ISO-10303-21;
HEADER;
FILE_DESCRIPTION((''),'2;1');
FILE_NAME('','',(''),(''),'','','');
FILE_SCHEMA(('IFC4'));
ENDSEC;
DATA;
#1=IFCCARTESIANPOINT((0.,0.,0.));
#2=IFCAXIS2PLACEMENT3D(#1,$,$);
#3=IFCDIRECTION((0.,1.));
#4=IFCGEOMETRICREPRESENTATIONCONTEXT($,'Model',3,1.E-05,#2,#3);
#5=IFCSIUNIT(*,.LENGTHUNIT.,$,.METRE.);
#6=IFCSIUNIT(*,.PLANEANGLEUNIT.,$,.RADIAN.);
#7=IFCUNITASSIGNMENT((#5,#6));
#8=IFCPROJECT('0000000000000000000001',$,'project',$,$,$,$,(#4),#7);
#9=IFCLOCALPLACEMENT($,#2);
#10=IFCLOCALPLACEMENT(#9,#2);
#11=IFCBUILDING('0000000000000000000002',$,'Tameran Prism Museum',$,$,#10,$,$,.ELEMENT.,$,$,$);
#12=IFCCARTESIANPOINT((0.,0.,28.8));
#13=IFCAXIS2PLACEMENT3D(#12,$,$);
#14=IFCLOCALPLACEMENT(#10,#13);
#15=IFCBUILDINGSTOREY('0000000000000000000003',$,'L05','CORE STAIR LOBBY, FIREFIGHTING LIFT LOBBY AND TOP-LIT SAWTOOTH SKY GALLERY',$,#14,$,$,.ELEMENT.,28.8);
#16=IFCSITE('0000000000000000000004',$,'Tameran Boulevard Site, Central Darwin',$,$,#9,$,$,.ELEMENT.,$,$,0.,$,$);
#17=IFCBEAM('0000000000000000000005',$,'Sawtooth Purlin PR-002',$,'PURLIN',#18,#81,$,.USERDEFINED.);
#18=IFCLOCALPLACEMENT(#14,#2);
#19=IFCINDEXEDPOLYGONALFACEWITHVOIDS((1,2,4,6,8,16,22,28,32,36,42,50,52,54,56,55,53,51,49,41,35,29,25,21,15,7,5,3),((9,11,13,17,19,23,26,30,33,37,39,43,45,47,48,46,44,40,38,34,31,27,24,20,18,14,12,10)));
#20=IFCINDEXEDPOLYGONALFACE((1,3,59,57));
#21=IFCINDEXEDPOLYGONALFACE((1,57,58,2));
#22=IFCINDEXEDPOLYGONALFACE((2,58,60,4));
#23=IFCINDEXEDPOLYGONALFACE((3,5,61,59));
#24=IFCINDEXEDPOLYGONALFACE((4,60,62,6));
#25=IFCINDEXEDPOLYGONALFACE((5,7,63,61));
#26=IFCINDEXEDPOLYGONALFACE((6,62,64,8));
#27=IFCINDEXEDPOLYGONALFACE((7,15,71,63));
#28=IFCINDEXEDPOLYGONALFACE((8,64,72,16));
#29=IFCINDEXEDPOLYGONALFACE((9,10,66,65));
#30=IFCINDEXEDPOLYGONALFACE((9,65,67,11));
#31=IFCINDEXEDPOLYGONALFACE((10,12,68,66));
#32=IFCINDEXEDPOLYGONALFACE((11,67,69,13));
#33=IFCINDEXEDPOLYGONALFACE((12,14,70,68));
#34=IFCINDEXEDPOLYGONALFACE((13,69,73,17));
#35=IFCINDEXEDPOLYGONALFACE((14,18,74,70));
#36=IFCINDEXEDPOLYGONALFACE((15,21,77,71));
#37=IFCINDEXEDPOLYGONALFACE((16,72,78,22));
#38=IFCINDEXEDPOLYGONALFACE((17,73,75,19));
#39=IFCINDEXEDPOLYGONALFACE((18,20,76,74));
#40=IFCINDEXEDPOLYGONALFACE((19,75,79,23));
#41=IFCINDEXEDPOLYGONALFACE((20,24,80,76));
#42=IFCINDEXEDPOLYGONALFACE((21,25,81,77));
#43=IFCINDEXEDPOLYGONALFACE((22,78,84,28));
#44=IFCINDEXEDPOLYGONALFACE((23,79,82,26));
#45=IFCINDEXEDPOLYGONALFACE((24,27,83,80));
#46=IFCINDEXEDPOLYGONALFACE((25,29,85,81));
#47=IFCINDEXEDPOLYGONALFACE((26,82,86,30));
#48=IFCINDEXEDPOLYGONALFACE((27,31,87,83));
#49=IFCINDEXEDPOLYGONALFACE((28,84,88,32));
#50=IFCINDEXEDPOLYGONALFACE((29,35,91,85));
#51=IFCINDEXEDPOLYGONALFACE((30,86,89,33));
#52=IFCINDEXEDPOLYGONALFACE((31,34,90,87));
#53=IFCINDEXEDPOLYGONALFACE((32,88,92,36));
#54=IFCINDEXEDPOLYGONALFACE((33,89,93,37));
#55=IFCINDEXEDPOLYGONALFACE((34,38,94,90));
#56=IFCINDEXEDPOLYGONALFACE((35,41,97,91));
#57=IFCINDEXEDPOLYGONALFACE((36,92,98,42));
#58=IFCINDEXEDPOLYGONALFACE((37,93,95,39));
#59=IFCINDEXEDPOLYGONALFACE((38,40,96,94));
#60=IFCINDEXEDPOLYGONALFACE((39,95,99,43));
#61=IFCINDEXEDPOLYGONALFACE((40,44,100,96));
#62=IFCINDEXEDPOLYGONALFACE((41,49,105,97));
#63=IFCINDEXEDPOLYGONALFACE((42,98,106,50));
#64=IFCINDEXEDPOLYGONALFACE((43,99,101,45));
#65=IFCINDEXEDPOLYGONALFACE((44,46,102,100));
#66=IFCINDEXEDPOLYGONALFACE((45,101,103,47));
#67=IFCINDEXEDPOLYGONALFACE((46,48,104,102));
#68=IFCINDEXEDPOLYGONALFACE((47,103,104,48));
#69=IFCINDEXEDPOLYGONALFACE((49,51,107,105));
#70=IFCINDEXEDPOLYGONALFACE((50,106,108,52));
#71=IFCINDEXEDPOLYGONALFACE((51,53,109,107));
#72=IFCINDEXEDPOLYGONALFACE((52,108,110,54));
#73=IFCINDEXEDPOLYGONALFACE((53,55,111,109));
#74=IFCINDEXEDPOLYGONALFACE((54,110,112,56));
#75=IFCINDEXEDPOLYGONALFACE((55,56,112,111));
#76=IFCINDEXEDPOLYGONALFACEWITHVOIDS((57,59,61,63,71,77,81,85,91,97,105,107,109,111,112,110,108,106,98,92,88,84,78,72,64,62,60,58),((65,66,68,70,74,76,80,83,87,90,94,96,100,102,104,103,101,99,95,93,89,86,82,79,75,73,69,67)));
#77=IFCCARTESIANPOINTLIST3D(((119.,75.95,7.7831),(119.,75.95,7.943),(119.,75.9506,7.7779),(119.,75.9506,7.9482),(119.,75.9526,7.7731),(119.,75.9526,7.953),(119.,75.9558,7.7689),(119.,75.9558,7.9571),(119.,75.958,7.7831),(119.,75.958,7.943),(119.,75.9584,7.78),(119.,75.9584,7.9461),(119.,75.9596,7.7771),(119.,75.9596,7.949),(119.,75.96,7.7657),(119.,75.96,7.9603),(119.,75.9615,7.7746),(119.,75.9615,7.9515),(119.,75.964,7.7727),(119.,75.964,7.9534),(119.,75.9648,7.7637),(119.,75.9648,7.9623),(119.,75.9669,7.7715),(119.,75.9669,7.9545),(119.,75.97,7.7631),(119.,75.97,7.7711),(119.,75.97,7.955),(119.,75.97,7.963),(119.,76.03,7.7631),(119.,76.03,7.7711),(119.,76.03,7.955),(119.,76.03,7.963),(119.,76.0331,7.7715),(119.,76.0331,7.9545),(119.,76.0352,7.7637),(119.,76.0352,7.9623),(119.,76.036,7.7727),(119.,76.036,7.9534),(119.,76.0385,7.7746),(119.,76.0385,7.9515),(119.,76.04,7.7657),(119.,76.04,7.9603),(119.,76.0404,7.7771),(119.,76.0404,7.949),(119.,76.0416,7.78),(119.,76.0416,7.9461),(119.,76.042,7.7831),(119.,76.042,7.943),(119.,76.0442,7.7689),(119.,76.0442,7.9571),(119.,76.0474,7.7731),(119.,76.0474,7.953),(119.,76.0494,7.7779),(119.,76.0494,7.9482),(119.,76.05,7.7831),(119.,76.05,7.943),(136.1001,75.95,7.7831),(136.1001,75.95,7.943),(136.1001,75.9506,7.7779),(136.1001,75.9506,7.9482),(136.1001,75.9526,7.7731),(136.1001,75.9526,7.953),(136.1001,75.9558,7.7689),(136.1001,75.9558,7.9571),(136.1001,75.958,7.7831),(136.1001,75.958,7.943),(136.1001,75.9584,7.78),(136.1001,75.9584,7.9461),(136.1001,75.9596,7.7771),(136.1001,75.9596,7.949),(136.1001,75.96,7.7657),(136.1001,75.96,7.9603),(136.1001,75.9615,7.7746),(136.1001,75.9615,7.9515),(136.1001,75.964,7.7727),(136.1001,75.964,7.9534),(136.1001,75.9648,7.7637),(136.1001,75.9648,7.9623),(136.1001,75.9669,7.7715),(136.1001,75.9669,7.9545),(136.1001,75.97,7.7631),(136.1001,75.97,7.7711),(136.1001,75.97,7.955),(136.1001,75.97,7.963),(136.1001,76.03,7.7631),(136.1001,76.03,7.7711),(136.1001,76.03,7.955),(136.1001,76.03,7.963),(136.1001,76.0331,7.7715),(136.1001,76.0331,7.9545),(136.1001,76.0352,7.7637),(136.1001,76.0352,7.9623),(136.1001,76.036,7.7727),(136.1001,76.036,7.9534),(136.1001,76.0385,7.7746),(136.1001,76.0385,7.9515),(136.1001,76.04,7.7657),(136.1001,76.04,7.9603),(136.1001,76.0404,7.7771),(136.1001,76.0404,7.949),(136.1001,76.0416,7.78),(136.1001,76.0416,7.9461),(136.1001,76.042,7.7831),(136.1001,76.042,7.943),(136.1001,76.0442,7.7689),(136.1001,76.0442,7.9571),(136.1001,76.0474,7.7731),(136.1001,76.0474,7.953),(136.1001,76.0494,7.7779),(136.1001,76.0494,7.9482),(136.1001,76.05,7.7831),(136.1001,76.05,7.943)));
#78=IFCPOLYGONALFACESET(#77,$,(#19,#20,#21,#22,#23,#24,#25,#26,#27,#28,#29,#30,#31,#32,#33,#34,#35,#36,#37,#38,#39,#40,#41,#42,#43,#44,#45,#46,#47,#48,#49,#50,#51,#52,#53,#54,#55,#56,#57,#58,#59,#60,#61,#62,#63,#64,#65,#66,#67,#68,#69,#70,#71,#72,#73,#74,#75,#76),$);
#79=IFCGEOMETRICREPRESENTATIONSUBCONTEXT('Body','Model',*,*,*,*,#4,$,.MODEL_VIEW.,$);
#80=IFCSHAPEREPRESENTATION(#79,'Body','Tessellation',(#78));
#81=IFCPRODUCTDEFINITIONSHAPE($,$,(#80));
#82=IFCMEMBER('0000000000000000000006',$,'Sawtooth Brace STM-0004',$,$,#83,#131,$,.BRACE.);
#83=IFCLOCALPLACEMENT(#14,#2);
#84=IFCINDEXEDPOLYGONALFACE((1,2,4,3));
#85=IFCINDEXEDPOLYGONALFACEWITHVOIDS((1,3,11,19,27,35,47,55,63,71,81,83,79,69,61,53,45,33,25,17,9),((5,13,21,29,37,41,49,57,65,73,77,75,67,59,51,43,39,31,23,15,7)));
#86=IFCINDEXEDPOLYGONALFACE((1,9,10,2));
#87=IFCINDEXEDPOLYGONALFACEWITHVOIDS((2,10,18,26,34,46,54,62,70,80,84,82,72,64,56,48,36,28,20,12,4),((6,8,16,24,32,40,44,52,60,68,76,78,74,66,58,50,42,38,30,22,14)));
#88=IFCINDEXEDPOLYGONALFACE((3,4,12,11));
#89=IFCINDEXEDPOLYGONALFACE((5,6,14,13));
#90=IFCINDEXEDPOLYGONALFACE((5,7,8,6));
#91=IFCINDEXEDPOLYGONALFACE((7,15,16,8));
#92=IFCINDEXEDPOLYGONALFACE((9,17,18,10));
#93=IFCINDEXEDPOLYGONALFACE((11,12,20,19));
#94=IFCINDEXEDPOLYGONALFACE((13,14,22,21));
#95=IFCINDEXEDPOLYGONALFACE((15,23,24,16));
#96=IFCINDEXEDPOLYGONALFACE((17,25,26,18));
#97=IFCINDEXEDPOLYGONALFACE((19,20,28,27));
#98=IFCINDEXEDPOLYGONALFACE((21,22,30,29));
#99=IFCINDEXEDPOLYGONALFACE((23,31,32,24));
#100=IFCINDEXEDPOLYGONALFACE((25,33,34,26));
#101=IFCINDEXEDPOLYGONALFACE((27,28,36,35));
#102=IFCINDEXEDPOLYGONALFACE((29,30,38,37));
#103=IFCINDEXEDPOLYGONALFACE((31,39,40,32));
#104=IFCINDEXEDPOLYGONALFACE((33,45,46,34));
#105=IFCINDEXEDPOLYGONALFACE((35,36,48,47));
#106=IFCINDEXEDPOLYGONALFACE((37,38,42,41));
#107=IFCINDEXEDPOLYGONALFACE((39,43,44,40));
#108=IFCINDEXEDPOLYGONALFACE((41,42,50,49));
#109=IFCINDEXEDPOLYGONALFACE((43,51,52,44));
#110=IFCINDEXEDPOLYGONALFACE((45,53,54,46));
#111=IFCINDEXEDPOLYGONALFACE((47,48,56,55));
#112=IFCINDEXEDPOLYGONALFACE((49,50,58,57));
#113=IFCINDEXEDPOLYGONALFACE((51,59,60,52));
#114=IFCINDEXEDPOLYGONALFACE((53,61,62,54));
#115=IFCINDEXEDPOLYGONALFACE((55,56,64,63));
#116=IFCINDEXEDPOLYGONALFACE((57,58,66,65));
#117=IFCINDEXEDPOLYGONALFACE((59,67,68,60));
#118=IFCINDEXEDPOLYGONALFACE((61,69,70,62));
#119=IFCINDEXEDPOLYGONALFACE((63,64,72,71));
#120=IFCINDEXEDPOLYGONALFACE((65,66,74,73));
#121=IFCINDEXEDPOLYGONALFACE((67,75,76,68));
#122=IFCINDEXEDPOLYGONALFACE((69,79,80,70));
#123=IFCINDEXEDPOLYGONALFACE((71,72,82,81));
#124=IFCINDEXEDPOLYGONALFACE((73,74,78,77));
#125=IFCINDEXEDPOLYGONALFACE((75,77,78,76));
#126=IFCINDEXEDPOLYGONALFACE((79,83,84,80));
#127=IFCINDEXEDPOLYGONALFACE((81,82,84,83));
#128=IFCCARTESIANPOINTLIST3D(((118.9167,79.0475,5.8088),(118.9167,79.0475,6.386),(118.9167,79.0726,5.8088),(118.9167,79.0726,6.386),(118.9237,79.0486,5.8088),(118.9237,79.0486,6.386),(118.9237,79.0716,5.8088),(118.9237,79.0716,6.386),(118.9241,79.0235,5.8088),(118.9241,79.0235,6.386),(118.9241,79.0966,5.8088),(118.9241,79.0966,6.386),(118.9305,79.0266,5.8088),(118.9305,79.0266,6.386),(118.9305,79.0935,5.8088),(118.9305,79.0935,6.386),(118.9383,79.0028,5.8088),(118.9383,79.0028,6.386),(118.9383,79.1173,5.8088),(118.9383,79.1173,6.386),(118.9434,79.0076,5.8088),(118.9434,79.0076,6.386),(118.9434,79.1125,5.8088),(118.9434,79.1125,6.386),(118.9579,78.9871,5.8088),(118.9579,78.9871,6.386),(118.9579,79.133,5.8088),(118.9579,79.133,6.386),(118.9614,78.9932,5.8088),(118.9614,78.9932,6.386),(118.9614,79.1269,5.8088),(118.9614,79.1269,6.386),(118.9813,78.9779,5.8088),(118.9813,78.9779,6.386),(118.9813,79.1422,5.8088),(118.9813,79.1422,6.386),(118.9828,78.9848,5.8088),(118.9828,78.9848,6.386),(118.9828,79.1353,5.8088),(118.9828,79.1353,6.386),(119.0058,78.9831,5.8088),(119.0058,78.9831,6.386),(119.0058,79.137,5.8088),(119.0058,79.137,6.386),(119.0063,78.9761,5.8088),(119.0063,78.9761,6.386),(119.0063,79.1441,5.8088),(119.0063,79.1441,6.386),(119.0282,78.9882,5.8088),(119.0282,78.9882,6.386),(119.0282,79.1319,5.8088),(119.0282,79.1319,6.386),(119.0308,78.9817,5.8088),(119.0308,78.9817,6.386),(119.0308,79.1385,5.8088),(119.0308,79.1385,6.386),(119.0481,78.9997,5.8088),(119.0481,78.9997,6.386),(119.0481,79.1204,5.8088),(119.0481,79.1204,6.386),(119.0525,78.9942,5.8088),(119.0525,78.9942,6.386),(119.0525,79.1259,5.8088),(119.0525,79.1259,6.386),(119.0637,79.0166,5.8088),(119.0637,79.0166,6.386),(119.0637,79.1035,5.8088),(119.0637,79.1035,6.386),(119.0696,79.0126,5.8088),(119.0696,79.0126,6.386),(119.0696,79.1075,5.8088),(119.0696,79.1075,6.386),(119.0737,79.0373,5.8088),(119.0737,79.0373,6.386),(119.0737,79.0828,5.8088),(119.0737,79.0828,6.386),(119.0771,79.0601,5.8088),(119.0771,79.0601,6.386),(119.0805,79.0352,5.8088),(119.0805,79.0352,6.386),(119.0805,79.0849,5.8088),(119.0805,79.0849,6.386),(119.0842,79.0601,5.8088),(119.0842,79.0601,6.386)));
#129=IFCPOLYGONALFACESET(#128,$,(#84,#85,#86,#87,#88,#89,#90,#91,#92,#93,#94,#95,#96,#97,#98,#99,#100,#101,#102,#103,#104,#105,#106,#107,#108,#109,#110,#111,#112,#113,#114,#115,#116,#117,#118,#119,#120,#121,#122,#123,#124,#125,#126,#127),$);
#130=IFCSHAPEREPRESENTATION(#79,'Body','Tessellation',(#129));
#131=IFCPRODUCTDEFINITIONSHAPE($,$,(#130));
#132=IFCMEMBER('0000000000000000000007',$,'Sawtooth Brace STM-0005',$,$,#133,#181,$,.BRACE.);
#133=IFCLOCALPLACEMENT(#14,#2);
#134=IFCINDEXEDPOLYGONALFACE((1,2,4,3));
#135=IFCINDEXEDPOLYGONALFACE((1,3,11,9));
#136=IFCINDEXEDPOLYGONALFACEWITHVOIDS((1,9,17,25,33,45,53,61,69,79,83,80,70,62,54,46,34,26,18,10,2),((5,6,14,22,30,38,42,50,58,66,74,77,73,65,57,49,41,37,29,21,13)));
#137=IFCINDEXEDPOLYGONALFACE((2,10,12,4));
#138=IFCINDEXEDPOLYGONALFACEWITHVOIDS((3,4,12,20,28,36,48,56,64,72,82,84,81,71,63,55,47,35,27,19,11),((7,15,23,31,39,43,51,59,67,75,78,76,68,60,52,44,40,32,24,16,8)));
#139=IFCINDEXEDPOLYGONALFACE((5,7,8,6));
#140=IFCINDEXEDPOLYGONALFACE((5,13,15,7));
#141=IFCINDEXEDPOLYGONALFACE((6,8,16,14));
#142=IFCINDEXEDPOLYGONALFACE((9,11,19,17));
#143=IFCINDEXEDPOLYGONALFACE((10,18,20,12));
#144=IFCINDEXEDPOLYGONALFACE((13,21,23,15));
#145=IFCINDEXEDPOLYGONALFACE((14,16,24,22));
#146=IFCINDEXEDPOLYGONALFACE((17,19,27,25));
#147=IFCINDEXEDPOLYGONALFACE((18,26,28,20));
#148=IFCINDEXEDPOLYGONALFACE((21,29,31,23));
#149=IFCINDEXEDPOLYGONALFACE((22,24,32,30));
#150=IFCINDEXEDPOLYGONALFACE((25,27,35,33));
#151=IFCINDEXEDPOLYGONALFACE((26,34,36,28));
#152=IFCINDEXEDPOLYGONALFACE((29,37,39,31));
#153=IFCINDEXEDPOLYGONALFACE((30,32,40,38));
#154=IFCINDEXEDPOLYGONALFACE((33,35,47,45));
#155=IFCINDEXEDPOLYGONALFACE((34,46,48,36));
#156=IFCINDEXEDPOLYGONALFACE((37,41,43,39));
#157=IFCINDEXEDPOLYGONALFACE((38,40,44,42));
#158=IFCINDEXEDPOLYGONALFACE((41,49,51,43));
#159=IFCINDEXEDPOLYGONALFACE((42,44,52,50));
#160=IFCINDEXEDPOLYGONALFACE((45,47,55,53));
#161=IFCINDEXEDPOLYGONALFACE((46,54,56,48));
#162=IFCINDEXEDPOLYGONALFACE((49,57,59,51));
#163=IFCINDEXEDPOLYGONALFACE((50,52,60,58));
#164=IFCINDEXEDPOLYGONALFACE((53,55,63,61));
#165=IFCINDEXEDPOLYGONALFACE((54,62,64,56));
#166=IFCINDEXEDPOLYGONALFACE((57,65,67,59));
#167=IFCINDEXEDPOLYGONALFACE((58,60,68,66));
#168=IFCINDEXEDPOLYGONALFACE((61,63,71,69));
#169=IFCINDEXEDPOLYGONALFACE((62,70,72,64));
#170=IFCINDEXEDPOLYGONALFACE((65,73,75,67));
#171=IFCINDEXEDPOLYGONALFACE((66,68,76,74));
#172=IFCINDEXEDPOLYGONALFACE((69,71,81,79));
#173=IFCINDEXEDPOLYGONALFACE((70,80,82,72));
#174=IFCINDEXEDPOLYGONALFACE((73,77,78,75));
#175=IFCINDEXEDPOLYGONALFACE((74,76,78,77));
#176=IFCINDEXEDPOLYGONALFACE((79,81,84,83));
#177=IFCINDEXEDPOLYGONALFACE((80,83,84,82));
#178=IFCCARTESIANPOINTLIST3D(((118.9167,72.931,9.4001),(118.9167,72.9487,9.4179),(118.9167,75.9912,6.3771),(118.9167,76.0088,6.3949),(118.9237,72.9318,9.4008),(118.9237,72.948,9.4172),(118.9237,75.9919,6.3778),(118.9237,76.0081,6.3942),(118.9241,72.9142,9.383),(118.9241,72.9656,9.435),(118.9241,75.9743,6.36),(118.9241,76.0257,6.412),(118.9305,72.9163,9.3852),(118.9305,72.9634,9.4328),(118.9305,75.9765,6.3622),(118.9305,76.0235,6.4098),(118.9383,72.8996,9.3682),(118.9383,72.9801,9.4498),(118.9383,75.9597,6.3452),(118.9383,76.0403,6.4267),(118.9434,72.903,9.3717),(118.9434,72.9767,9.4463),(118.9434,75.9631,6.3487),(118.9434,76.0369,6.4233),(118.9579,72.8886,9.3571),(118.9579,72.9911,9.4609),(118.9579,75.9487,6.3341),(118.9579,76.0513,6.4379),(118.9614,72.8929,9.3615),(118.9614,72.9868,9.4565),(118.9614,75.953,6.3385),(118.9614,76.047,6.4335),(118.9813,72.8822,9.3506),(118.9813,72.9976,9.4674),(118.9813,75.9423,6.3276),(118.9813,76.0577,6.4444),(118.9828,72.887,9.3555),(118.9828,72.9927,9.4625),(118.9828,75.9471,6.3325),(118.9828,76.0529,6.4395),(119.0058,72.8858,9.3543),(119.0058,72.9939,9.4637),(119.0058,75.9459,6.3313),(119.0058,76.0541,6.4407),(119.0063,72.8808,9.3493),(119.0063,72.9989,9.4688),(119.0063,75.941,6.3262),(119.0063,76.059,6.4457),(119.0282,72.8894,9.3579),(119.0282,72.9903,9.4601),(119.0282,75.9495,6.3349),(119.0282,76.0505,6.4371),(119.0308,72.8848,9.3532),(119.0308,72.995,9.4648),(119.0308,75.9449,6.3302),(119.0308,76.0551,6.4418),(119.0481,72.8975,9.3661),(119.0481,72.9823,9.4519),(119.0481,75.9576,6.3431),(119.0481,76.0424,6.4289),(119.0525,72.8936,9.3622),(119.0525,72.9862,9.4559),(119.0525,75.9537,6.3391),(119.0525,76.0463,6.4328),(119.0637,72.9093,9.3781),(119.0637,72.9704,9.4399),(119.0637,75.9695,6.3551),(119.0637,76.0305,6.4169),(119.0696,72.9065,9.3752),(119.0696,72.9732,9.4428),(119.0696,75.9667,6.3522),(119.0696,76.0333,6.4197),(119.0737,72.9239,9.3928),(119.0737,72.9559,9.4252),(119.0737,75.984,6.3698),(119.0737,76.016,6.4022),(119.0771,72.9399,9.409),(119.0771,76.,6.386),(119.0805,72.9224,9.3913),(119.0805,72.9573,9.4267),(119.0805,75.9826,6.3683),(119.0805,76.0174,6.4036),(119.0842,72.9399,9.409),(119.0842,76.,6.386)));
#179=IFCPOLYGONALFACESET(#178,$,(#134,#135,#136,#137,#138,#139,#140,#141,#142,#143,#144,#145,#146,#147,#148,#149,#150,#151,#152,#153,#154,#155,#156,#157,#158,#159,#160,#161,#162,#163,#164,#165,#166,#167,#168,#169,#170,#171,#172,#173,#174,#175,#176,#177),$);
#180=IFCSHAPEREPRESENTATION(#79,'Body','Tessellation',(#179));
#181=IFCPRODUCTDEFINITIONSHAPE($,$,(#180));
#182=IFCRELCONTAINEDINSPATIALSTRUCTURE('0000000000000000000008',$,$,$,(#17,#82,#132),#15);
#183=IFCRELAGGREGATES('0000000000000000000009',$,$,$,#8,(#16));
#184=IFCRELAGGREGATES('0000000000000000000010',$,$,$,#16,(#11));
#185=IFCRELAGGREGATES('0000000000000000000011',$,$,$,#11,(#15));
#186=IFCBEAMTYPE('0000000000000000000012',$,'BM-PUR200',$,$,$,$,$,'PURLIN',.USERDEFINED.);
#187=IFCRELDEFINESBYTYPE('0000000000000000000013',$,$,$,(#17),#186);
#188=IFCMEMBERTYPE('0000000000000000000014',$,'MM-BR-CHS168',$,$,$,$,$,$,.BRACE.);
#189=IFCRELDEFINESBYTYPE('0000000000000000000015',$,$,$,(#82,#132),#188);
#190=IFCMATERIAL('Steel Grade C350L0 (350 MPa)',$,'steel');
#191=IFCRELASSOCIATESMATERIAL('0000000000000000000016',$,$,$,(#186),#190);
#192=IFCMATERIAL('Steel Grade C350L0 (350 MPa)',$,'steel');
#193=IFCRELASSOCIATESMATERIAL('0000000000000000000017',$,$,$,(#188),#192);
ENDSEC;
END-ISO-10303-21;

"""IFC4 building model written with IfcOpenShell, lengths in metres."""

from ifc_helpers import new_model, si_unit, direction, frame, origin, origin_2d, place, context, subcontext, project, spatial, hollow_rectangle, hollow_circle, extrude, material, material_profile, profile_set, type_object, element, save


model = new_model("IFC4")

# Units and contexts
model_context = context("Model", 3, precision=1e-05, world=origin(), true_north=direction((0.0, 1.0)))
body_context = subcontext(model_context, "Body", "Model", "MODEL_VIEW")
ifc_project = project(units=[si_unit("LENGTHUNIT", "METRE"), si_unit("PLANEANGLEUNIT", "RADIAN")], contexts=[model_context])

# Site, building, storey
site_placement = place(None, origin())
site = spatial("IfcSite", under=ifc_project, at=site_placement, Name="Tameran Boulevard Site, Central Darwin", CompositionType="ELEMENT", RefElevation=0.0)
building_placement = place(site_placement, origin())
building = spatial("IfcBuilding", under=site, at=building_placement, Name="Tameran Prism Museum", CompositionType="ELEMENT")
storey_placement = place(building_placement, frame((0.0, 0.0, 28.8)))
storey = spatial("IfcBuildingStorey", under=building, at=storey_placement, Name="L05", Description="CORE STAIR LOBBY, FIREFIGHTING LIFT LOBBY AND TOP-LIT SAWTOOTH SKY GALLERY", CompositionType="ELEMENT", Elevation=28.8)

# Beam
ifc_material_1 = material(Name="Steel Grade C350L0 (350 MPa)", Category="steel")
ifc_material_profile_1 = material_profile(ifc_material_1, hollow_rectangle(XDim=0.1001, YDim=0.2, WallThickness=0.0081, InnerFilletRadius=0.012, OuterFilletRadius=0.02, at=origin_2d()))
ifc_profile_set_1 = profile_set([ifc_material_profile_1])
beam_type_1 = type_object("IfcBeamType", Name="BM-PUR200", ElementType="PURLIN", PredefinedType="USERDEFINED", material=ifc_profile_set_1)
beam_placement = place(storey_placement, frame((119.0, 76.0, 7.863), z_axis=(1.0, 0.0, 0.0), x_axis=(0.0, 1.0, 0.0)))
element("IfcBeam", 1, at=beam_placement, inside=storey, type_object=beam_type_1, Name="Sawtooth Purlin PR-002", ObjectType="PURLIN", PredefinedType="USERDEFINED", context=body_context, shape_type="SweptSolid", body=[
    extrude(hollow_rectangle(XDim=0.1001, YDim=0.2, WallThickness=0.0081, InnerFilletRadius=0.012, OuterFilletRadius=0.02, at=origin_2d()), origin(), (0.0, 0.0, 1.0), 17.1001),
])

# Members
ifc_material_2 = material(Name="Steel Grade C350L0 (350 MPa)", Category="steel")
ifc_material_profile_2 = material_profile(ifc_material_2, hollow_circle(Radius=0.0842, WallThickness=0.0071, at=origin_2d()))
ifc_profile_set_2 = profile_set([ifc_material_profile_2])
member_type_1 = type_object("IfcMemberType", Name="MM-BR-CHS168", PredefinedType="BRACE", material=ifc_profile_set_2)
member_1_placement = place(storey_placement, frame((119.0, 79.0601, 6.386), z_axis=(0.0, 0.0, -1.0), x_axis=(1.0, 0.0, 0.0)))
element("IfcMember", 2, at=member_1_placement, inside=storey, type_object=member_type_1, Name="Sawtooth Brace STM-0004", PredefinedType="BRACE", context=body_context, shape_type="SweptSolid", body=[
    extrude(hollow_circle(Radius=0.0842, WallThickness=0.0071, at=origin_2d()), origin(), (0.0, 0.0, 1.0), 0.5771),
])
member_2_placement = place(storey_placement, frame((119.0, 76.0, 6.386), z_axis=(0.0, -0.711407, 0.70278), x_axis=(1.0, 0.0, 0.0)))
element("IfcMember", 3, at=member_2_placement, inside=storey, type_object=member_type_1, Name="Sawtooth Brace STM-0005", PredefinedType="BRACE", context=body_context, shape_type="SweptSolid", body=[
    extrude(hollow_circle(Radius=0.0842, WallThickness=0.0071, at=origin_2d()), origin(), (0.0, 0.0, 1.0), 4.3015),
])

save(model, "model.ifc")
